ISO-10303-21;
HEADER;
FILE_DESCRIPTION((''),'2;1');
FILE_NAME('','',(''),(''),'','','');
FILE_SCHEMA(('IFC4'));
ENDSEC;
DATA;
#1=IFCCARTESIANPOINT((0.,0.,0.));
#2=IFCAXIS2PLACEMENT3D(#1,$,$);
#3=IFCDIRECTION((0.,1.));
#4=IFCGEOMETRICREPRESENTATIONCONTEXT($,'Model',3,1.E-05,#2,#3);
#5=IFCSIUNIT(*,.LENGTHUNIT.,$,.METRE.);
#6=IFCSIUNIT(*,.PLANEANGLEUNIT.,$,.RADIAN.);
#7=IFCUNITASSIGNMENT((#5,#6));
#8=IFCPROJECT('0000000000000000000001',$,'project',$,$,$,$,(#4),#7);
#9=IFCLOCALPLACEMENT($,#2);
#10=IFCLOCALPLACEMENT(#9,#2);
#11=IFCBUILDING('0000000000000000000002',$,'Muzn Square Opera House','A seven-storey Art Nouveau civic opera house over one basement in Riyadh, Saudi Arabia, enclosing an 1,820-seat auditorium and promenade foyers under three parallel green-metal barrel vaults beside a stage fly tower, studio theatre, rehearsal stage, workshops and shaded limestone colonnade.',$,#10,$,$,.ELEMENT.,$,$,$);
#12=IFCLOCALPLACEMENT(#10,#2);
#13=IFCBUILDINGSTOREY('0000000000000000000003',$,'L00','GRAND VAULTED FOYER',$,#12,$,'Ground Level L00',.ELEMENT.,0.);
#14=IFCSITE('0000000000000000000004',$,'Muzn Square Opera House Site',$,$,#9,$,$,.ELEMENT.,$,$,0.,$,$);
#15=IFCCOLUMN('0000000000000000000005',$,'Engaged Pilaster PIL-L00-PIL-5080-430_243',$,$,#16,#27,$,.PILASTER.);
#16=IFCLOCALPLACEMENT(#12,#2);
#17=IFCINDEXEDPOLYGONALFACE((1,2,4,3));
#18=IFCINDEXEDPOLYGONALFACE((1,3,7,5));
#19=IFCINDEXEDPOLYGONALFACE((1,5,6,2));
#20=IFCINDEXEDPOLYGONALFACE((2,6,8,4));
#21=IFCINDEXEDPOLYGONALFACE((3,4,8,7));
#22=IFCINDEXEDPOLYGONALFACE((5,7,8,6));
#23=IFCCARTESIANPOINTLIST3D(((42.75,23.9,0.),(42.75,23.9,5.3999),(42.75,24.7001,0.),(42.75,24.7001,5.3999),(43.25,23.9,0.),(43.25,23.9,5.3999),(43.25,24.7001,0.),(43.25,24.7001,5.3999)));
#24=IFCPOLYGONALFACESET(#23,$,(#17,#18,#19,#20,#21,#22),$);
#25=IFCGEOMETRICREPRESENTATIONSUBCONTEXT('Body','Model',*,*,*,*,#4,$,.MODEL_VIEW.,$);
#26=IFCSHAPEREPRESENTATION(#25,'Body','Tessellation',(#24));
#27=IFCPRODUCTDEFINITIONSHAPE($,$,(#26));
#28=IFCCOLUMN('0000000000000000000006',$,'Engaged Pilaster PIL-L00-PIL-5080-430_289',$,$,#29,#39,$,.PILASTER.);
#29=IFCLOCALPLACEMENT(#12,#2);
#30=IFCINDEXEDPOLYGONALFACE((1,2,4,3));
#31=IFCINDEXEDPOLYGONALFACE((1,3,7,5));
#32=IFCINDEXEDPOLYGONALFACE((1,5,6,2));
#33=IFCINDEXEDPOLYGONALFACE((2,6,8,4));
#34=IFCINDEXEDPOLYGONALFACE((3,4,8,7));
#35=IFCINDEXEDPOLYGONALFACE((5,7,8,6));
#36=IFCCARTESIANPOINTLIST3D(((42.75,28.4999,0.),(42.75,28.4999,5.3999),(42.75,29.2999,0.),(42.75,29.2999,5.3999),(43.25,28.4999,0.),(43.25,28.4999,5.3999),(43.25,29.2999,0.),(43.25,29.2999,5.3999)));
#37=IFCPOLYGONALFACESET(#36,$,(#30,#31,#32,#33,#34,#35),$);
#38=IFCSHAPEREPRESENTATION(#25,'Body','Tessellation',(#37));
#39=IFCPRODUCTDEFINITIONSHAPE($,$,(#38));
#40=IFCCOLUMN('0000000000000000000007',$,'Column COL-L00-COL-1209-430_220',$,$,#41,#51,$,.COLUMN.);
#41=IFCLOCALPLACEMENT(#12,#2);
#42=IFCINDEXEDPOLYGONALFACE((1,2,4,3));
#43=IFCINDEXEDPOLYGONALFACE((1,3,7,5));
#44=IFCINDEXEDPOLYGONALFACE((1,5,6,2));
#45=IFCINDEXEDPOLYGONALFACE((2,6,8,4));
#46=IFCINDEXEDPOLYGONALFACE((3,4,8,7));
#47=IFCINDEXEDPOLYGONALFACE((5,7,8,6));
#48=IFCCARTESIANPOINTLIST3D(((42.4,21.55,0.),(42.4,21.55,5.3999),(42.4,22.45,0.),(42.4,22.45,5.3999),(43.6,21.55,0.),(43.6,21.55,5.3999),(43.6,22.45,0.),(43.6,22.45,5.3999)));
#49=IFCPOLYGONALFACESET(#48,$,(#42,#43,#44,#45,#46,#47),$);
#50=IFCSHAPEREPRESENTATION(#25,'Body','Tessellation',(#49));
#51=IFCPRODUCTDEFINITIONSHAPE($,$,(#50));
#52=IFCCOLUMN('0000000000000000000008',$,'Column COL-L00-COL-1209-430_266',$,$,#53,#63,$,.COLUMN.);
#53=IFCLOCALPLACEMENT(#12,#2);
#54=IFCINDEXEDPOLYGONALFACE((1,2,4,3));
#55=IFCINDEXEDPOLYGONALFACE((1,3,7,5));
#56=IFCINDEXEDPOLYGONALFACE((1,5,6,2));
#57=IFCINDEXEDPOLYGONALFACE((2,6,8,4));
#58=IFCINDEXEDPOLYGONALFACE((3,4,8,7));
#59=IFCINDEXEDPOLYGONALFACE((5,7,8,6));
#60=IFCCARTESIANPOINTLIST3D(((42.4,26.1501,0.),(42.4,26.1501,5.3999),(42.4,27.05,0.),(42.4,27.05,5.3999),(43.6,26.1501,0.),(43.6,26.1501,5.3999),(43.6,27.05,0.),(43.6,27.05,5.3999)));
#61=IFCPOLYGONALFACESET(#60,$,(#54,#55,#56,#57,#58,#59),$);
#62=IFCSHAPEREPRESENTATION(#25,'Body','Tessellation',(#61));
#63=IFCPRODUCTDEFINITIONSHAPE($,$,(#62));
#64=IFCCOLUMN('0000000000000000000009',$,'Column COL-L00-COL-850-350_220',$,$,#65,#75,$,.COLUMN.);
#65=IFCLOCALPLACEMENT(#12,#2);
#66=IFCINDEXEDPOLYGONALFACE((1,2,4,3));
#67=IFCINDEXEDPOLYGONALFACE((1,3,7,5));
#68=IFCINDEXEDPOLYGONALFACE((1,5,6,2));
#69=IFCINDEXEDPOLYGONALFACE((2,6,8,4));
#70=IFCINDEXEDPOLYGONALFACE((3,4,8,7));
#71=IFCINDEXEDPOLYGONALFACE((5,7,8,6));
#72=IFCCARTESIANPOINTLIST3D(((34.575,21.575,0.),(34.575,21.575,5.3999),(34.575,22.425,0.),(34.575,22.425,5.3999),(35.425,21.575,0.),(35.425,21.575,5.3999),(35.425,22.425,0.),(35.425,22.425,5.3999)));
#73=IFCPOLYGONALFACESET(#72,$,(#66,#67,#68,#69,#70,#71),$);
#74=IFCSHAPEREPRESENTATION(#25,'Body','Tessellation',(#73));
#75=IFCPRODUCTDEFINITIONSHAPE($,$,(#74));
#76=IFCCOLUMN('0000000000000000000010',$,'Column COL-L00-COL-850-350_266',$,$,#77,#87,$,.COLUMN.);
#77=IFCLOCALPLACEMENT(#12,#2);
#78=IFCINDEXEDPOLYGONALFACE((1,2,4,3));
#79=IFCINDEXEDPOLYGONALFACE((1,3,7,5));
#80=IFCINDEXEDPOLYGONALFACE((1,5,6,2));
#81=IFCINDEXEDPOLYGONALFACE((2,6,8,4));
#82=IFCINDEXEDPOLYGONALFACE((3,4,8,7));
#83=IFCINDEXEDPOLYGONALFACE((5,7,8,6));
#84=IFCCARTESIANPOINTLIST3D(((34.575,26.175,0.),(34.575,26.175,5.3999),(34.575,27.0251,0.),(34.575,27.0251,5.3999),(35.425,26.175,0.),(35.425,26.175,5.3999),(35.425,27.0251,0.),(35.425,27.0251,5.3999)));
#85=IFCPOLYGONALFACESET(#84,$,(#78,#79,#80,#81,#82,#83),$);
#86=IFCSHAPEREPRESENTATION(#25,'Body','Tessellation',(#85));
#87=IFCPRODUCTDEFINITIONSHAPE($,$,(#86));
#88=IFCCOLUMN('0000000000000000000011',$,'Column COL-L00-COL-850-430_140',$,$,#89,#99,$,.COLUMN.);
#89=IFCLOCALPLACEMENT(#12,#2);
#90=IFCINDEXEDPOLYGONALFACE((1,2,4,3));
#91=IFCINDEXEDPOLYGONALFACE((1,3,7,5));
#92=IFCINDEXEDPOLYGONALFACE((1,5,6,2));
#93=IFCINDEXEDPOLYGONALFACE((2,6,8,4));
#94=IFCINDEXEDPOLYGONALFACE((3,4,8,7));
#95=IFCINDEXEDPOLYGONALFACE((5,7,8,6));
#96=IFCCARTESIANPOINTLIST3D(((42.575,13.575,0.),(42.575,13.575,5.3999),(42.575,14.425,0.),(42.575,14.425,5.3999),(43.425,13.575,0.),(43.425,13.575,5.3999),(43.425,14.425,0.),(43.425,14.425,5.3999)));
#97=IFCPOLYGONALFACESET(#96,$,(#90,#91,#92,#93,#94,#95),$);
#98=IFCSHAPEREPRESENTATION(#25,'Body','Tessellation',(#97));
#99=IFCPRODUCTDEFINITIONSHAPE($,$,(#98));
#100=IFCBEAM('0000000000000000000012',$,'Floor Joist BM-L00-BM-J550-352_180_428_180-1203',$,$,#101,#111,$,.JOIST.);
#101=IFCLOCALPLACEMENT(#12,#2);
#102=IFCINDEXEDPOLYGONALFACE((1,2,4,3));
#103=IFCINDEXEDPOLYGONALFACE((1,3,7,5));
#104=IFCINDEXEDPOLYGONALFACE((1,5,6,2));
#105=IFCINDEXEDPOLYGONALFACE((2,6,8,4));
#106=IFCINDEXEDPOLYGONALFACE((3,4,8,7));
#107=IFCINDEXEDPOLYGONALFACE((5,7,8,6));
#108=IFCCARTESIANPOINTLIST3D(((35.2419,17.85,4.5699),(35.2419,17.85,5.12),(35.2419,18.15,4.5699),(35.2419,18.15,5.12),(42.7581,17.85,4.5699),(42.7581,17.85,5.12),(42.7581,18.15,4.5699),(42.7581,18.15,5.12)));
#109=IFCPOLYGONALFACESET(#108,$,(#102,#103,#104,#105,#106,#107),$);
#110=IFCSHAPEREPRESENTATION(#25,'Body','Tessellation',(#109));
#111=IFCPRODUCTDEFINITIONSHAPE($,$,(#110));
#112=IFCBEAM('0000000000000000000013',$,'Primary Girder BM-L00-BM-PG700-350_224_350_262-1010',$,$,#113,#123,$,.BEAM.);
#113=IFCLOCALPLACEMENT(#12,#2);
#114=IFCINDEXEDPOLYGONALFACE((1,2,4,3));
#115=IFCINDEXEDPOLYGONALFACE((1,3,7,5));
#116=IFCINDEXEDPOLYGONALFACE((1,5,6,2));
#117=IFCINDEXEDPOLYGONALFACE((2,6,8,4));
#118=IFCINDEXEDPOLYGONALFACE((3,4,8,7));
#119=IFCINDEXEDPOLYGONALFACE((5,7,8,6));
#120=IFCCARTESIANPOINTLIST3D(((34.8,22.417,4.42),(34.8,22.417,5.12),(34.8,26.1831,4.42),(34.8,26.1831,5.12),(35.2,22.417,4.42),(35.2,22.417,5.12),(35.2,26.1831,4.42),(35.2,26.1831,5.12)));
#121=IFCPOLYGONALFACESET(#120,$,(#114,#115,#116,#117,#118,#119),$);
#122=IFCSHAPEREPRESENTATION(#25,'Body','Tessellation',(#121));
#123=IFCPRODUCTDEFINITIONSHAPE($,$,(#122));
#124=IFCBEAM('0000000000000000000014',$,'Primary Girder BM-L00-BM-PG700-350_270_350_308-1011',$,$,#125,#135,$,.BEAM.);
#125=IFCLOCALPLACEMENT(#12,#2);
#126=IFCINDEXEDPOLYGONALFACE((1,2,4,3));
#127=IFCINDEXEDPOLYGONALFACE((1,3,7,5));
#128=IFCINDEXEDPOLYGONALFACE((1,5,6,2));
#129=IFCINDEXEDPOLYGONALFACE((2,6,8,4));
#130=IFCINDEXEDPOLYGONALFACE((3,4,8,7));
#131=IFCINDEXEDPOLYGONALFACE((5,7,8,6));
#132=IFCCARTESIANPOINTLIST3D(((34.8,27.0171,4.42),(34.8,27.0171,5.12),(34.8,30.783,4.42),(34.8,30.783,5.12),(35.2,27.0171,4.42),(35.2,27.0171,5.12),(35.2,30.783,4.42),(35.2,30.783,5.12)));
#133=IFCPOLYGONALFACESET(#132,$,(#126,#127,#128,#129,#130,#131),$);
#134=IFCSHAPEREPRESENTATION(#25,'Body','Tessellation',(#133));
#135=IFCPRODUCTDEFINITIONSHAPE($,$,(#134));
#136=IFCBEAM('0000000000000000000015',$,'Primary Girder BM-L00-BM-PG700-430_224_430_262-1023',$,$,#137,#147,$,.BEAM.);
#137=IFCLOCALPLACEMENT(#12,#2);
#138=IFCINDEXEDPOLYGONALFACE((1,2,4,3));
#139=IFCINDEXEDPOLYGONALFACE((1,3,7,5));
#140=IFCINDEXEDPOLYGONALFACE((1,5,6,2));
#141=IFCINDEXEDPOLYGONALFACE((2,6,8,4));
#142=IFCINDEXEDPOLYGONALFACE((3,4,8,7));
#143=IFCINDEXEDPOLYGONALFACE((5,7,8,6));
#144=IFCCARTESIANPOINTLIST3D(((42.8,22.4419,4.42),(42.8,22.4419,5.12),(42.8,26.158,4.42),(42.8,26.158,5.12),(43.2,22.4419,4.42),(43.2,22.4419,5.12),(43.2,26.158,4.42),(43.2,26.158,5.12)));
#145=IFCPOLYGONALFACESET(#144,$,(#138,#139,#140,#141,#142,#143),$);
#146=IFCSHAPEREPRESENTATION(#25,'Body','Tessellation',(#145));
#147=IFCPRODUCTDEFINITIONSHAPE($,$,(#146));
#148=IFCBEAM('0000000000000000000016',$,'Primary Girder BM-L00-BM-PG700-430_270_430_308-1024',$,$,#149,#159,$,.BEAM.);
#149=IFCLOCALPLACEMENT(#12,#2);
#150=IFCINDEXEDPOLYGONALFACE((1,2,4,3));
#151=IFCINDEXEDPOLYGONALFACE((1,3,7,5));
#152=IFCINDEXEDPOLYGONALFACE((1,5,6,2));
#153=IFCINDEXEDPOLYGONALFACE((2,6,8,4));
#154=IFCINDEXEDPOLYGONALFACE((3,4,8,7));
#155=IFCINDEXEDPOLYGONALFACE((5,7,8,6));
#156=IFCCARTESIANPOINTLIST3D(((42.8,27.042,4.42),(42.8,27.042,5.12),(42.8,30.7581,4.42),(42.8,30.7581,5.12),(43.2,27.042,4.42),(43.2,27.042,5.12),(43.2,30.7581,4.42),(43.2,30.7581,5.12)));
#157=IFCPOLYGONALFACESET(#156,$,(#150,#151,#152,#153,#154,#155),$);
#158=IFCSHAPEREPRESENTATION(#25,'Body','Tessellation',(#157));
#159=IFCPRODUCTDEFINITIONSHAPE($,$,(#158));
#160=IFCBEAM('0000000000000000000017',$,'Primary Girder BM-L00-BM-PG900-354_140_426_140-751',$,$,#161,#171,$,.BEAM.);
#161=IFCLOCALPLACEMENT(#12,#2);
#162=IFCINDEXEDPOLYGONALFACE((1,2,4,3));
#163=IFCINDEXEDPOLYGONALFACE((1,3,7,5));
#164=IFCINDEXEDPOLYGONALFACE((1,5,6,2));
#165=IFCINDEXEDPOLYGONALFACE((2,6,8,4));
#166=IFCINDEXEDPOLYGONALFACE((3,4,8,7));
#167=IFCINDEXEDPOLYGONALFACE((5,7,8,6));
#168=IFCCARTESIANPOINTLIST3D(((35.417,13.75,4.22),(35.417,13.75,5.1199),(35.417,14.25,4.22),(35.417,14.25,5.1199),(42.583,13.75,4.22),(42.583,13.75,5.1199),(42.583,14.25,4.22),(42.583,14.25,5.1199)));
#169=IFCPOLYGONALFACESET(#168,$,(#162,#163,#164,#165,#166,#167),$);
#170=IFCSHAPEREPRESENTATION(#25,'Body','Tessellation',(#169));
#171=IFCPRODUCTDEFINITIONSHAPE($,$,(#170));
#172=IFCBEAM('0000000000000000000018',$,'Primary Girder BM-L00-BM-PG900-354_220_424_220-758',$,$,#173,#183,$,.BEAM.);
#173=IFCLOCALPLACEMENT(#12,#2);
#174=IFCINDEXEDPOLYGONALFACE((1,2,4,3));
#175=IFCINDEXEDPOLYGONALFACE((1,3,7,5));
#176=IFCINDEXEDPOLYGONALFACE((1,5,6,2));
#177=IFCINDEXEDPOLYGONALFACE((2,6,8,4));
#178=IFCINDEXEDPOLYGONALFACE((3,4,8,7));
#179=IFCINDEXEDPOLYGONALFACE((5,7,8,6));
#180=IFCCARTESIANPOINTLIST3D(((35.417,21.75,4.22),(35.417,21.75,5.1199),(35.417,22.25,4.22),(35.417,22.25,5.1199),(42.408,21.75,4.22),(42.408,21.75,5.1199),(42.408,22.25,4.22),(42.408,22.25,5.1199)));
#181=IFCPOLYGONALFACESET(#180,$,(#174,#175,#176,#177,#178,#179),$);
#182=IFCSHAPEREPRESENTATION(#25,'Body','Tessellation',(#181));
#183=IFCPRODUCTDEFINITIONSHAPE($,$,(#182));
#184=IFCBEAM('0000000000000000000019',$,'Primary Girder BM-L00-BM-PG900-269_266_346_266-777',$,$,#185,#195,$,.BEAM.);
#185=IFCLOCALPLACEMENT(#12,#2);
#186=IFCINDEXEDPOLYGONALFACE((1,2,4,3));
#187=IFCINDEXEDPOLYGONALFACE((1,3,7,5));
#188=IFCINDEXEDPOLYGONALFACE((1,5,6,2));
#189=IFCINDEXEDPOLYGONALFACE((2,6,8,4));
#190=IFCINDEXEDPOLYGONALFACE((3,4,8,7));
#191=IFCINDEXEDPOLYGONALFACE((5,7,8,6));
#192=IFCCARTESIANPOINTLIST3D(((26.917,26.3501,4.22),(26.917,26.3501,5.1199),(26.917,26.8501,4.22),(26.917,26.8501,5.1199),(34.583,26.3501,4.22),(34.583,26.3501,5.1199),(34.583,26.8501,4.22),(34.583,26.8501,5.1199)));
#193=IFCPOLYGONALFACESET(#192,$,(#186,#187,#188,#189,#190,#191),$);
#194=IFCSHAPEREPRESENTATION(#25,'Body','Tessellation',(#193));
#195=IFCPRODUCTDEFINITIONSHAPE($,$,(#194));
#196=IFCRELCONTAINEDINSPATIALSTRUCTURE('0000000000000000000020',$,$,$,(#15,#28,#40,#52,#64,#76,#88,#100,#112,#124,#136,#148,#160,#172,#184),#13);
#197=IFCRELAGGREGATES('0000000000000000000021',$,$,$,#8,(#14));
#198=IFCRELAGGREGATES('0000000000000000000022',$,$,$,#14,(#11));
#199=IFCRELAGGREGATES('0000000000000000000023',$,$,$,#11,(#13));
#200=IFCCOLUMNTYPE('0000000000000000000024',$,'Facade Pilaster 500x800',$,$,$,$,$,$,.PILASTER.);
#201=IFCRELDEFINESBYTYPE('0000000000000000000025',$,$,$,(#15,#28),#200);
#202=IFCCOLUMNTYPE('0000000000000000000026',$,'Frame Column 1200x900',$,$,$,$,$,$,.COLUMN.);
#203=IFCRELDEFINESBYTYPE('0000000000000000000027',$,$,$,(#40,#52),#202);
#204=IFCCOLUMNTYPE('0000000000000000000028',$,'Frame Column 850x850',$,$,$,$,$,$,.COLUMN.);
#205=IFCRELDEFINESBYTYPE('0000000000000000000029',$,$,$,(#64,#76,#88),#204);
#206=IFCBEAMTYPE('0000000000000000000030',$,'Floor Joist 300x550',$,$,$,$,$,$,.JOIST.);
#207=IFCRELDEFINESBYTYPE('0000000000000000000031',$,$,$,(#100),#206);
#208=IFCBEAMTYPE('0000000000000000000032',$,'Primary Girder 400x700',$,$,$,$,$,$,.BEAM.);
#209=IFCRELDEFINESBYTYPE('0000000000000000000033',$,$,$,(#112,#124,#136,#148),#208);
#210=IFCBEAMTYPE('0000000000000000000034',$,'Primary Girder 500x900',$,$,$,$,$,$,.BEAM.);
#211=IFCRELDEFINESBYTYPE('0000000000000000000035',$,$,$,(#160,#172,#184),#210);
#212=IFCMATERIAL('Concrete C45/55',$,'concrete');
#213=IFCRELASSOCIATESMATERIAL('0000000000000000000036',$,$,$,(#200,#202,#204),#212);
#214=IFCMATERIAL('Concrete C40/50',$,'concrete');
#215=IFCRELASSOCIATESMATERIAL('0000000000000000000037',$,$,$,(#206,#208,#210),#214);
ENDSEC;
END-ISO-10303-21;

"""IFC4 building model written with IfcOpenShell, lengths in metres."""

from ifc_helpers import new_model, si_unit, direction, frame, origin, origin_2d, place, context, subcontext, project, spatial, rectangle, extrude, material, material_profile, profile_set, type_object, element, save


model = new_model("IFC4")

# Units and contexts
model_context = context("Model", 3, precision=1e-05, world=origin(), true_north=direction((0.0, 1.0)))
body_context = subcontext(model_context, "Body", "Model", "MODEL_VIEW")
ifc_project = project(units=[si_unit("LENGTHUNIT", "METRE"), si_unit("PLANEANGLEUNIT", "RADIAN")], contexts=[model_context])

# Site, building, storey
site_placement = place(None, origin())
site = spatial("IfcSite", under=ifc_project, at=site_placement, Name="Muzn Square Opera House Site", CompositionType="ELEMENT", RefElevation=0.0)
building_placement = place(site_placement, origin())
building = spatial("IfcBuilding", under=site, at=building_placement, Name="Muzn Square Opera House", Description="A seven-storey Art Nouveau civic opera house over one basement in Riyadh, Saudi Arabia, enclosing an 1,820-seat auditorium and promenade foyers under three parallel green-metal barrel vaults beside a stage fly tower, studio theatre, rehearsal stage, workshops and shaded limestone colonnade.", CompositionType="ELEMENT")
storey_placement = place(building_placement, origin())
storey = spatial("IfcBuildingStorey", under=building, at=storey_placement, Name="L00", Description="GRAND VAULTED FOYER", LongName="Ground Level L00", CompositionType="ELEMENT", Elevation=0.0)

# Columns
ifc_material_1 = material(Name="Concrete C45/55", Category="concrete")
ifc_material_profile_1 = material_profile(ifc_material_1, rectangle(XDim=0.5, YDim=0.8, at=origin_2d()), Name="RC 500x800", Category="concrete")
ifc_profile_set_1 = profile_set([ifc_material_profile_1], Name="Concrete C45/55")
column_type_1 = type_object("IfcColumnType", Name="Facade Pilaster 500x800", PredefinedType="PILASTER", material=ifc_profile_set_1)
for number, where, z_axis, x_axis, name in (
    (1, (43.0, 24.3, 0.0), (0.0, 0.0, 1.0), (1.0, 0.0, 0.0), "Engaged Pilaster PIL-L00-PIL-5080-430_243"),
    (2, (43.0, 28.8999, 0.0), (0.0, 0.0, 1.0), (1.0, 0.0, 0.0), "Engaged Pilaster PIL-L00-PIL-5080-430_289"),
):
    element("IfcColumn", number, at=place(storey_placement, frame(where, z_axis=z_axis, x_axis=x_axis)), inside=storey, type_object=column_type_1, Name=name, PredefinedType="PILASTER", context=body_context, shape_type="SweptSolid", body=[
        extrude(rectangle(XDim=0.5, YDim=0.8, at=origin_2d()), origin(), (0.0, 0.0, 1.0), 5.3999),
    ])
ifc_material_profile_2 = material_profile(ifc_material_1, rectangle(XDim=1.2, YDim=0.8999, at=origin_2d()), Name="RC 1200x900", Category="concrete")
ifc_profile_set_2 = profile_set([ifc_material_profile_2], Name="Concrete C45/55")
column_type_2 = type_object("IfcColumnType", Name="Frame Column 1200x900", PredefinedType="COLUMN", material=ifc_profile_set_2)
for number, where, z_axis, x_axis, name in (
    (3, (43.0, 22.0, 0.0), (0.0, 0.0, 1.0), (1.0, 0.0, 0.0), "Column COL-L00-COL-1209-430_220"),
    (4, (43.0, 26.6001, 0.0), (0.0, 0.0, 1.0), (1.0, 0.0, 0.0), "Column COL-L00-COL-1209-430_266"),
):
    element("IfcColumn", number, at=place(storey_placement, frame(where, z_axis=z_axis, x_axis=x_axis)), inside=storey, type_object=column_type_2, Name=name, PredefinedType="COLUMN", context=body_context, shape_type="SweptSolid", body=[
        extrude(rectangle(XDim=1.2, YDim=0.8999, at=origin_2d()), origin(), (0.0, 0.0, 1.0), 5.3999),
    ])
ifc_material_profile_3 = material_profile(ifc_material_1, rectangle(XDim=0.8501, YDim=0.8501, at=origin_2d()), Name="RC 850x850", Category="concrete")
ifc_profile_set_3 = profile_set([ifc_material_profile_3], Name="Concrete C45/55")
column_type_3 = type_object("IfcColumnType", Name="Frame Column 850x850", PredefinedType="COLUMN", material=ifc_profile_set_3)
for number, where, z_axis, x_axis, name in (
    (5, (35.0, 22.0, 0.0), (0.0, 0.0, 1.0), (1.0, 0.0, 0.0), "Column COL-L00-COL-850-350_220"),
    (6, (35.0, 26.6001, 0.0), (0.0, 0.0, 1.0), (1.0, 0.0, 0.0), "Column COL-L00-COL-850-350_266"),
    (7, (43.0, 14.0, 0.0), (0.0, 0.0, 1.0), (1.0, 0.0, 0.0), "Column COL-L00-COL-850-430_140"),
):
    element("IfcColumn", number, at=place(storey_placement, frame(where, z_axis=z_axis, x_axis=x_axis)), inside=storey, type_object=column_type_3, Name=name, PredefinedType="COLUMN", context=body_context, shape_type="SweptSolid", body=[
        extrude(rectangle(XDim=0.8501, YDim=0.8501, at=origin_2d()), origin(), (0.0, 0.0, 1.0), 5.3999),
    ])

# Beams
ifc_material_2 = material(Name="Concrete C40/50", Category="concrete")
ifc_material_profile_4 = material_profile(ifc_material_2, rectangle(XDim=0.3, YDim=0.55, at=origin_2d()), Name="RCJ 300x550", Category="concrete")
ifc_profile_set_4 = profile_set([ifc_material_profile_4], Name="Concrete C40/50")
beam_type_1 = type_object("IfcBeamType", Name="Floor Joist 300x550", PredefinedType="JOIST", material=ifc_profile_set_4)
beam_1_placement = place(storey_placement, frame((35.2419, 18.0, 4.845), z_axis=(1.0, 0.0, 0.0), x_axis=(0.0, 1.0, 0.0)))
element("IfcBeam", 8, at=beam_1_placement, inside=storey, type_object=beam_type_1, Name="Floor Joist BM-L00-BM-J550-352_180_428_180-1203", PredefinedType="JOIST", context=body_context, shape_type="SweptSolid", body=[
    extrude(rectangle(XDim=0.3, YDim=0.55, at=origin_2d()), origin(), (0.0, 0.0, 1.0), 7.5161),
])
ifc_material_profile_5 = material_profile(ifc_material_2, rectangle(XDim=0.3999, YDim=0.7, at=origin_2d()), Name="RCB 400x700", Category="concrete")
ifc_profile_set_5 = profile_set([ifc_material_profile_5], Name="Concrete C40/50")
beam_type_2 = type_object("IfcBeamType", Name="Primary Girder 400x700", PredefinedType="BEAM", material=ifc_profile_set_5)
beam_2_placement = place(storey_placement, frame((35.0, 22.417, 4.77), z_axis=(0.0, 1.0, 0.0), x_axis=(-1.0, 0.0, 0.0)))
element("IfcBeam", 9, at=beam_2_placement, inside=storey, type_object=beam_type_2, Name="Primary Girder BM-L00-BM-PG700-350_224_350_262-1010", PredefinedType="BEAM", context=body_context, shape_type="SweptSolid", body=[
    extrude(rectangle(XDim=0.3999, YDim=0.7, at=origin_2d()), origin(), (0.0, 0.0, 1.0), 3.7661),
])
beam_3_placement = place(storey_placement, frame((35.0, 27.0171, 4.77), z_axis=(0.0, 1.0, 0.0), x_axis=(-1.0, 0.0, 0.0)))
element("IfcBeam", 10, at=beam_3_placement, inside=storey, type_object=beam_type_2, Name="Primary Girder BM-L00-BM-PG700-350_270_350_308-1011", PredefinedType="BEAM", context=body_context, shape_type="SweptSolid", body=[
    extrude(rectangle(XDim=0.3999, YDim=0.7, at=origin_2d()), origin(), (0.0, 0.0, 1.0), 3.7659),
])
for number, where, z_axis, x_axis, name in (
    (11, (43.0, 22.4419, 4.77), (0.0, 1.0, 0.0), (-1.0, 0.0, 0.0), "Primary Girder BM-L00-BM-PG700-430_224_430_262-1023"),
    (12, (43.0, 27.042, 4.77), (0.0, 1.0, 0.0), (-1.0, 0.0, 0.0), "Primary Girder BM-L00-BM-PG700-430_270_430_308-1024"),
):
    element("IfcBeam", number, at=place(storey_placement, frame(where, z_axis=z_axis, x_axis=x_axis)), inside=storey, type_object=beam_type_2, Name=name, PredefinedType="BEAM", context=body_context, shape_type="SweptSolid", body=[
        extrude(rectangle(XDim=0.3999, YDim=0.7, at=origin_2d()), origin(), (0.0, 0.0, 1.0), 3.7161),
    ])
ifc_material_profile_6 = material_profile(ifc_material_2, rectangle(XDim=0.5, YDim=0.8999, at=origin_2d()), Name="RCB 500x900", Category="concrete")
ifc_profile_set_6 = profile_set([ifc_material_profile_6], Name="Concrete C40/50")
beam_type_3 = type_object("IfcBeamType", Name="Primary Girder 500x900", PredefinedType="BEAM", material=ifc_profile_set_6)
beam_4_placement = place(storey_placement, frame((35.417, 14.0, 4.6699), z_axis=(1.0, 0.0, 0.0), x_axis=(0.0, 1.0, 0.0)))
element("IfcBeam", 13, at=beam_4_placement, inside=storey, type_object=beam_type_3, Name="Primary Girder BM-L00-BM-PG900-354_140_426_140-751", PredefinedType="BEAM", context=body_context, shape_type="SweptSolid", body=[
    extrude(rectangle(XDim=0.5, YDim=0.8999, at=origin_2d()), origin(), (0.0, 0.0, 1.0), 7.166),
])
beam_5_placement = place(storey_placement, frame((35.417, 22.0, 4.6699), z_axis=(1.0, 0.0, 0.0), x_axis=(0.0, 1.0, 0.0)))
element("IfcBeam", 14, at=beam_5_placement, inside=storey, type_object=beam_type_3, Name="Primary Girder BM-L00-BM-PG900-354_220_424_220-758", PredefinedType="BEAM", context=body_context, shape_type="SweptSolid", body=[
    extrude(rectangle(XDim=0.5, YDim=0.8999, at=origin_2d()), origin(), (0.0, 0.0, 1.0), 6.991),
])
beam_6_placement = place(storey_placement, frame((26.917, 26.6001, 4.6699), z_axis=(1.0, 0.0, 0.0), x_axis=(0.0, 1.0, 0.0)))
element("IfcBeam", 15, at=beam_6_placement, inside=storey, type_object=beam_type_3, Name="Primary Girder BM-L00-BM-PG900-269_266_346_266-777", PredefinedType="BEAM", context=body_context, shape_type="SweptSolid", body=[
    extrude(rectangle(XDim=0.5, YDim=0.8999, at=origin_2d()), origin(), (0.0, 0.0, 1.0), 7.666),
])

save(model, "model.ifc")
